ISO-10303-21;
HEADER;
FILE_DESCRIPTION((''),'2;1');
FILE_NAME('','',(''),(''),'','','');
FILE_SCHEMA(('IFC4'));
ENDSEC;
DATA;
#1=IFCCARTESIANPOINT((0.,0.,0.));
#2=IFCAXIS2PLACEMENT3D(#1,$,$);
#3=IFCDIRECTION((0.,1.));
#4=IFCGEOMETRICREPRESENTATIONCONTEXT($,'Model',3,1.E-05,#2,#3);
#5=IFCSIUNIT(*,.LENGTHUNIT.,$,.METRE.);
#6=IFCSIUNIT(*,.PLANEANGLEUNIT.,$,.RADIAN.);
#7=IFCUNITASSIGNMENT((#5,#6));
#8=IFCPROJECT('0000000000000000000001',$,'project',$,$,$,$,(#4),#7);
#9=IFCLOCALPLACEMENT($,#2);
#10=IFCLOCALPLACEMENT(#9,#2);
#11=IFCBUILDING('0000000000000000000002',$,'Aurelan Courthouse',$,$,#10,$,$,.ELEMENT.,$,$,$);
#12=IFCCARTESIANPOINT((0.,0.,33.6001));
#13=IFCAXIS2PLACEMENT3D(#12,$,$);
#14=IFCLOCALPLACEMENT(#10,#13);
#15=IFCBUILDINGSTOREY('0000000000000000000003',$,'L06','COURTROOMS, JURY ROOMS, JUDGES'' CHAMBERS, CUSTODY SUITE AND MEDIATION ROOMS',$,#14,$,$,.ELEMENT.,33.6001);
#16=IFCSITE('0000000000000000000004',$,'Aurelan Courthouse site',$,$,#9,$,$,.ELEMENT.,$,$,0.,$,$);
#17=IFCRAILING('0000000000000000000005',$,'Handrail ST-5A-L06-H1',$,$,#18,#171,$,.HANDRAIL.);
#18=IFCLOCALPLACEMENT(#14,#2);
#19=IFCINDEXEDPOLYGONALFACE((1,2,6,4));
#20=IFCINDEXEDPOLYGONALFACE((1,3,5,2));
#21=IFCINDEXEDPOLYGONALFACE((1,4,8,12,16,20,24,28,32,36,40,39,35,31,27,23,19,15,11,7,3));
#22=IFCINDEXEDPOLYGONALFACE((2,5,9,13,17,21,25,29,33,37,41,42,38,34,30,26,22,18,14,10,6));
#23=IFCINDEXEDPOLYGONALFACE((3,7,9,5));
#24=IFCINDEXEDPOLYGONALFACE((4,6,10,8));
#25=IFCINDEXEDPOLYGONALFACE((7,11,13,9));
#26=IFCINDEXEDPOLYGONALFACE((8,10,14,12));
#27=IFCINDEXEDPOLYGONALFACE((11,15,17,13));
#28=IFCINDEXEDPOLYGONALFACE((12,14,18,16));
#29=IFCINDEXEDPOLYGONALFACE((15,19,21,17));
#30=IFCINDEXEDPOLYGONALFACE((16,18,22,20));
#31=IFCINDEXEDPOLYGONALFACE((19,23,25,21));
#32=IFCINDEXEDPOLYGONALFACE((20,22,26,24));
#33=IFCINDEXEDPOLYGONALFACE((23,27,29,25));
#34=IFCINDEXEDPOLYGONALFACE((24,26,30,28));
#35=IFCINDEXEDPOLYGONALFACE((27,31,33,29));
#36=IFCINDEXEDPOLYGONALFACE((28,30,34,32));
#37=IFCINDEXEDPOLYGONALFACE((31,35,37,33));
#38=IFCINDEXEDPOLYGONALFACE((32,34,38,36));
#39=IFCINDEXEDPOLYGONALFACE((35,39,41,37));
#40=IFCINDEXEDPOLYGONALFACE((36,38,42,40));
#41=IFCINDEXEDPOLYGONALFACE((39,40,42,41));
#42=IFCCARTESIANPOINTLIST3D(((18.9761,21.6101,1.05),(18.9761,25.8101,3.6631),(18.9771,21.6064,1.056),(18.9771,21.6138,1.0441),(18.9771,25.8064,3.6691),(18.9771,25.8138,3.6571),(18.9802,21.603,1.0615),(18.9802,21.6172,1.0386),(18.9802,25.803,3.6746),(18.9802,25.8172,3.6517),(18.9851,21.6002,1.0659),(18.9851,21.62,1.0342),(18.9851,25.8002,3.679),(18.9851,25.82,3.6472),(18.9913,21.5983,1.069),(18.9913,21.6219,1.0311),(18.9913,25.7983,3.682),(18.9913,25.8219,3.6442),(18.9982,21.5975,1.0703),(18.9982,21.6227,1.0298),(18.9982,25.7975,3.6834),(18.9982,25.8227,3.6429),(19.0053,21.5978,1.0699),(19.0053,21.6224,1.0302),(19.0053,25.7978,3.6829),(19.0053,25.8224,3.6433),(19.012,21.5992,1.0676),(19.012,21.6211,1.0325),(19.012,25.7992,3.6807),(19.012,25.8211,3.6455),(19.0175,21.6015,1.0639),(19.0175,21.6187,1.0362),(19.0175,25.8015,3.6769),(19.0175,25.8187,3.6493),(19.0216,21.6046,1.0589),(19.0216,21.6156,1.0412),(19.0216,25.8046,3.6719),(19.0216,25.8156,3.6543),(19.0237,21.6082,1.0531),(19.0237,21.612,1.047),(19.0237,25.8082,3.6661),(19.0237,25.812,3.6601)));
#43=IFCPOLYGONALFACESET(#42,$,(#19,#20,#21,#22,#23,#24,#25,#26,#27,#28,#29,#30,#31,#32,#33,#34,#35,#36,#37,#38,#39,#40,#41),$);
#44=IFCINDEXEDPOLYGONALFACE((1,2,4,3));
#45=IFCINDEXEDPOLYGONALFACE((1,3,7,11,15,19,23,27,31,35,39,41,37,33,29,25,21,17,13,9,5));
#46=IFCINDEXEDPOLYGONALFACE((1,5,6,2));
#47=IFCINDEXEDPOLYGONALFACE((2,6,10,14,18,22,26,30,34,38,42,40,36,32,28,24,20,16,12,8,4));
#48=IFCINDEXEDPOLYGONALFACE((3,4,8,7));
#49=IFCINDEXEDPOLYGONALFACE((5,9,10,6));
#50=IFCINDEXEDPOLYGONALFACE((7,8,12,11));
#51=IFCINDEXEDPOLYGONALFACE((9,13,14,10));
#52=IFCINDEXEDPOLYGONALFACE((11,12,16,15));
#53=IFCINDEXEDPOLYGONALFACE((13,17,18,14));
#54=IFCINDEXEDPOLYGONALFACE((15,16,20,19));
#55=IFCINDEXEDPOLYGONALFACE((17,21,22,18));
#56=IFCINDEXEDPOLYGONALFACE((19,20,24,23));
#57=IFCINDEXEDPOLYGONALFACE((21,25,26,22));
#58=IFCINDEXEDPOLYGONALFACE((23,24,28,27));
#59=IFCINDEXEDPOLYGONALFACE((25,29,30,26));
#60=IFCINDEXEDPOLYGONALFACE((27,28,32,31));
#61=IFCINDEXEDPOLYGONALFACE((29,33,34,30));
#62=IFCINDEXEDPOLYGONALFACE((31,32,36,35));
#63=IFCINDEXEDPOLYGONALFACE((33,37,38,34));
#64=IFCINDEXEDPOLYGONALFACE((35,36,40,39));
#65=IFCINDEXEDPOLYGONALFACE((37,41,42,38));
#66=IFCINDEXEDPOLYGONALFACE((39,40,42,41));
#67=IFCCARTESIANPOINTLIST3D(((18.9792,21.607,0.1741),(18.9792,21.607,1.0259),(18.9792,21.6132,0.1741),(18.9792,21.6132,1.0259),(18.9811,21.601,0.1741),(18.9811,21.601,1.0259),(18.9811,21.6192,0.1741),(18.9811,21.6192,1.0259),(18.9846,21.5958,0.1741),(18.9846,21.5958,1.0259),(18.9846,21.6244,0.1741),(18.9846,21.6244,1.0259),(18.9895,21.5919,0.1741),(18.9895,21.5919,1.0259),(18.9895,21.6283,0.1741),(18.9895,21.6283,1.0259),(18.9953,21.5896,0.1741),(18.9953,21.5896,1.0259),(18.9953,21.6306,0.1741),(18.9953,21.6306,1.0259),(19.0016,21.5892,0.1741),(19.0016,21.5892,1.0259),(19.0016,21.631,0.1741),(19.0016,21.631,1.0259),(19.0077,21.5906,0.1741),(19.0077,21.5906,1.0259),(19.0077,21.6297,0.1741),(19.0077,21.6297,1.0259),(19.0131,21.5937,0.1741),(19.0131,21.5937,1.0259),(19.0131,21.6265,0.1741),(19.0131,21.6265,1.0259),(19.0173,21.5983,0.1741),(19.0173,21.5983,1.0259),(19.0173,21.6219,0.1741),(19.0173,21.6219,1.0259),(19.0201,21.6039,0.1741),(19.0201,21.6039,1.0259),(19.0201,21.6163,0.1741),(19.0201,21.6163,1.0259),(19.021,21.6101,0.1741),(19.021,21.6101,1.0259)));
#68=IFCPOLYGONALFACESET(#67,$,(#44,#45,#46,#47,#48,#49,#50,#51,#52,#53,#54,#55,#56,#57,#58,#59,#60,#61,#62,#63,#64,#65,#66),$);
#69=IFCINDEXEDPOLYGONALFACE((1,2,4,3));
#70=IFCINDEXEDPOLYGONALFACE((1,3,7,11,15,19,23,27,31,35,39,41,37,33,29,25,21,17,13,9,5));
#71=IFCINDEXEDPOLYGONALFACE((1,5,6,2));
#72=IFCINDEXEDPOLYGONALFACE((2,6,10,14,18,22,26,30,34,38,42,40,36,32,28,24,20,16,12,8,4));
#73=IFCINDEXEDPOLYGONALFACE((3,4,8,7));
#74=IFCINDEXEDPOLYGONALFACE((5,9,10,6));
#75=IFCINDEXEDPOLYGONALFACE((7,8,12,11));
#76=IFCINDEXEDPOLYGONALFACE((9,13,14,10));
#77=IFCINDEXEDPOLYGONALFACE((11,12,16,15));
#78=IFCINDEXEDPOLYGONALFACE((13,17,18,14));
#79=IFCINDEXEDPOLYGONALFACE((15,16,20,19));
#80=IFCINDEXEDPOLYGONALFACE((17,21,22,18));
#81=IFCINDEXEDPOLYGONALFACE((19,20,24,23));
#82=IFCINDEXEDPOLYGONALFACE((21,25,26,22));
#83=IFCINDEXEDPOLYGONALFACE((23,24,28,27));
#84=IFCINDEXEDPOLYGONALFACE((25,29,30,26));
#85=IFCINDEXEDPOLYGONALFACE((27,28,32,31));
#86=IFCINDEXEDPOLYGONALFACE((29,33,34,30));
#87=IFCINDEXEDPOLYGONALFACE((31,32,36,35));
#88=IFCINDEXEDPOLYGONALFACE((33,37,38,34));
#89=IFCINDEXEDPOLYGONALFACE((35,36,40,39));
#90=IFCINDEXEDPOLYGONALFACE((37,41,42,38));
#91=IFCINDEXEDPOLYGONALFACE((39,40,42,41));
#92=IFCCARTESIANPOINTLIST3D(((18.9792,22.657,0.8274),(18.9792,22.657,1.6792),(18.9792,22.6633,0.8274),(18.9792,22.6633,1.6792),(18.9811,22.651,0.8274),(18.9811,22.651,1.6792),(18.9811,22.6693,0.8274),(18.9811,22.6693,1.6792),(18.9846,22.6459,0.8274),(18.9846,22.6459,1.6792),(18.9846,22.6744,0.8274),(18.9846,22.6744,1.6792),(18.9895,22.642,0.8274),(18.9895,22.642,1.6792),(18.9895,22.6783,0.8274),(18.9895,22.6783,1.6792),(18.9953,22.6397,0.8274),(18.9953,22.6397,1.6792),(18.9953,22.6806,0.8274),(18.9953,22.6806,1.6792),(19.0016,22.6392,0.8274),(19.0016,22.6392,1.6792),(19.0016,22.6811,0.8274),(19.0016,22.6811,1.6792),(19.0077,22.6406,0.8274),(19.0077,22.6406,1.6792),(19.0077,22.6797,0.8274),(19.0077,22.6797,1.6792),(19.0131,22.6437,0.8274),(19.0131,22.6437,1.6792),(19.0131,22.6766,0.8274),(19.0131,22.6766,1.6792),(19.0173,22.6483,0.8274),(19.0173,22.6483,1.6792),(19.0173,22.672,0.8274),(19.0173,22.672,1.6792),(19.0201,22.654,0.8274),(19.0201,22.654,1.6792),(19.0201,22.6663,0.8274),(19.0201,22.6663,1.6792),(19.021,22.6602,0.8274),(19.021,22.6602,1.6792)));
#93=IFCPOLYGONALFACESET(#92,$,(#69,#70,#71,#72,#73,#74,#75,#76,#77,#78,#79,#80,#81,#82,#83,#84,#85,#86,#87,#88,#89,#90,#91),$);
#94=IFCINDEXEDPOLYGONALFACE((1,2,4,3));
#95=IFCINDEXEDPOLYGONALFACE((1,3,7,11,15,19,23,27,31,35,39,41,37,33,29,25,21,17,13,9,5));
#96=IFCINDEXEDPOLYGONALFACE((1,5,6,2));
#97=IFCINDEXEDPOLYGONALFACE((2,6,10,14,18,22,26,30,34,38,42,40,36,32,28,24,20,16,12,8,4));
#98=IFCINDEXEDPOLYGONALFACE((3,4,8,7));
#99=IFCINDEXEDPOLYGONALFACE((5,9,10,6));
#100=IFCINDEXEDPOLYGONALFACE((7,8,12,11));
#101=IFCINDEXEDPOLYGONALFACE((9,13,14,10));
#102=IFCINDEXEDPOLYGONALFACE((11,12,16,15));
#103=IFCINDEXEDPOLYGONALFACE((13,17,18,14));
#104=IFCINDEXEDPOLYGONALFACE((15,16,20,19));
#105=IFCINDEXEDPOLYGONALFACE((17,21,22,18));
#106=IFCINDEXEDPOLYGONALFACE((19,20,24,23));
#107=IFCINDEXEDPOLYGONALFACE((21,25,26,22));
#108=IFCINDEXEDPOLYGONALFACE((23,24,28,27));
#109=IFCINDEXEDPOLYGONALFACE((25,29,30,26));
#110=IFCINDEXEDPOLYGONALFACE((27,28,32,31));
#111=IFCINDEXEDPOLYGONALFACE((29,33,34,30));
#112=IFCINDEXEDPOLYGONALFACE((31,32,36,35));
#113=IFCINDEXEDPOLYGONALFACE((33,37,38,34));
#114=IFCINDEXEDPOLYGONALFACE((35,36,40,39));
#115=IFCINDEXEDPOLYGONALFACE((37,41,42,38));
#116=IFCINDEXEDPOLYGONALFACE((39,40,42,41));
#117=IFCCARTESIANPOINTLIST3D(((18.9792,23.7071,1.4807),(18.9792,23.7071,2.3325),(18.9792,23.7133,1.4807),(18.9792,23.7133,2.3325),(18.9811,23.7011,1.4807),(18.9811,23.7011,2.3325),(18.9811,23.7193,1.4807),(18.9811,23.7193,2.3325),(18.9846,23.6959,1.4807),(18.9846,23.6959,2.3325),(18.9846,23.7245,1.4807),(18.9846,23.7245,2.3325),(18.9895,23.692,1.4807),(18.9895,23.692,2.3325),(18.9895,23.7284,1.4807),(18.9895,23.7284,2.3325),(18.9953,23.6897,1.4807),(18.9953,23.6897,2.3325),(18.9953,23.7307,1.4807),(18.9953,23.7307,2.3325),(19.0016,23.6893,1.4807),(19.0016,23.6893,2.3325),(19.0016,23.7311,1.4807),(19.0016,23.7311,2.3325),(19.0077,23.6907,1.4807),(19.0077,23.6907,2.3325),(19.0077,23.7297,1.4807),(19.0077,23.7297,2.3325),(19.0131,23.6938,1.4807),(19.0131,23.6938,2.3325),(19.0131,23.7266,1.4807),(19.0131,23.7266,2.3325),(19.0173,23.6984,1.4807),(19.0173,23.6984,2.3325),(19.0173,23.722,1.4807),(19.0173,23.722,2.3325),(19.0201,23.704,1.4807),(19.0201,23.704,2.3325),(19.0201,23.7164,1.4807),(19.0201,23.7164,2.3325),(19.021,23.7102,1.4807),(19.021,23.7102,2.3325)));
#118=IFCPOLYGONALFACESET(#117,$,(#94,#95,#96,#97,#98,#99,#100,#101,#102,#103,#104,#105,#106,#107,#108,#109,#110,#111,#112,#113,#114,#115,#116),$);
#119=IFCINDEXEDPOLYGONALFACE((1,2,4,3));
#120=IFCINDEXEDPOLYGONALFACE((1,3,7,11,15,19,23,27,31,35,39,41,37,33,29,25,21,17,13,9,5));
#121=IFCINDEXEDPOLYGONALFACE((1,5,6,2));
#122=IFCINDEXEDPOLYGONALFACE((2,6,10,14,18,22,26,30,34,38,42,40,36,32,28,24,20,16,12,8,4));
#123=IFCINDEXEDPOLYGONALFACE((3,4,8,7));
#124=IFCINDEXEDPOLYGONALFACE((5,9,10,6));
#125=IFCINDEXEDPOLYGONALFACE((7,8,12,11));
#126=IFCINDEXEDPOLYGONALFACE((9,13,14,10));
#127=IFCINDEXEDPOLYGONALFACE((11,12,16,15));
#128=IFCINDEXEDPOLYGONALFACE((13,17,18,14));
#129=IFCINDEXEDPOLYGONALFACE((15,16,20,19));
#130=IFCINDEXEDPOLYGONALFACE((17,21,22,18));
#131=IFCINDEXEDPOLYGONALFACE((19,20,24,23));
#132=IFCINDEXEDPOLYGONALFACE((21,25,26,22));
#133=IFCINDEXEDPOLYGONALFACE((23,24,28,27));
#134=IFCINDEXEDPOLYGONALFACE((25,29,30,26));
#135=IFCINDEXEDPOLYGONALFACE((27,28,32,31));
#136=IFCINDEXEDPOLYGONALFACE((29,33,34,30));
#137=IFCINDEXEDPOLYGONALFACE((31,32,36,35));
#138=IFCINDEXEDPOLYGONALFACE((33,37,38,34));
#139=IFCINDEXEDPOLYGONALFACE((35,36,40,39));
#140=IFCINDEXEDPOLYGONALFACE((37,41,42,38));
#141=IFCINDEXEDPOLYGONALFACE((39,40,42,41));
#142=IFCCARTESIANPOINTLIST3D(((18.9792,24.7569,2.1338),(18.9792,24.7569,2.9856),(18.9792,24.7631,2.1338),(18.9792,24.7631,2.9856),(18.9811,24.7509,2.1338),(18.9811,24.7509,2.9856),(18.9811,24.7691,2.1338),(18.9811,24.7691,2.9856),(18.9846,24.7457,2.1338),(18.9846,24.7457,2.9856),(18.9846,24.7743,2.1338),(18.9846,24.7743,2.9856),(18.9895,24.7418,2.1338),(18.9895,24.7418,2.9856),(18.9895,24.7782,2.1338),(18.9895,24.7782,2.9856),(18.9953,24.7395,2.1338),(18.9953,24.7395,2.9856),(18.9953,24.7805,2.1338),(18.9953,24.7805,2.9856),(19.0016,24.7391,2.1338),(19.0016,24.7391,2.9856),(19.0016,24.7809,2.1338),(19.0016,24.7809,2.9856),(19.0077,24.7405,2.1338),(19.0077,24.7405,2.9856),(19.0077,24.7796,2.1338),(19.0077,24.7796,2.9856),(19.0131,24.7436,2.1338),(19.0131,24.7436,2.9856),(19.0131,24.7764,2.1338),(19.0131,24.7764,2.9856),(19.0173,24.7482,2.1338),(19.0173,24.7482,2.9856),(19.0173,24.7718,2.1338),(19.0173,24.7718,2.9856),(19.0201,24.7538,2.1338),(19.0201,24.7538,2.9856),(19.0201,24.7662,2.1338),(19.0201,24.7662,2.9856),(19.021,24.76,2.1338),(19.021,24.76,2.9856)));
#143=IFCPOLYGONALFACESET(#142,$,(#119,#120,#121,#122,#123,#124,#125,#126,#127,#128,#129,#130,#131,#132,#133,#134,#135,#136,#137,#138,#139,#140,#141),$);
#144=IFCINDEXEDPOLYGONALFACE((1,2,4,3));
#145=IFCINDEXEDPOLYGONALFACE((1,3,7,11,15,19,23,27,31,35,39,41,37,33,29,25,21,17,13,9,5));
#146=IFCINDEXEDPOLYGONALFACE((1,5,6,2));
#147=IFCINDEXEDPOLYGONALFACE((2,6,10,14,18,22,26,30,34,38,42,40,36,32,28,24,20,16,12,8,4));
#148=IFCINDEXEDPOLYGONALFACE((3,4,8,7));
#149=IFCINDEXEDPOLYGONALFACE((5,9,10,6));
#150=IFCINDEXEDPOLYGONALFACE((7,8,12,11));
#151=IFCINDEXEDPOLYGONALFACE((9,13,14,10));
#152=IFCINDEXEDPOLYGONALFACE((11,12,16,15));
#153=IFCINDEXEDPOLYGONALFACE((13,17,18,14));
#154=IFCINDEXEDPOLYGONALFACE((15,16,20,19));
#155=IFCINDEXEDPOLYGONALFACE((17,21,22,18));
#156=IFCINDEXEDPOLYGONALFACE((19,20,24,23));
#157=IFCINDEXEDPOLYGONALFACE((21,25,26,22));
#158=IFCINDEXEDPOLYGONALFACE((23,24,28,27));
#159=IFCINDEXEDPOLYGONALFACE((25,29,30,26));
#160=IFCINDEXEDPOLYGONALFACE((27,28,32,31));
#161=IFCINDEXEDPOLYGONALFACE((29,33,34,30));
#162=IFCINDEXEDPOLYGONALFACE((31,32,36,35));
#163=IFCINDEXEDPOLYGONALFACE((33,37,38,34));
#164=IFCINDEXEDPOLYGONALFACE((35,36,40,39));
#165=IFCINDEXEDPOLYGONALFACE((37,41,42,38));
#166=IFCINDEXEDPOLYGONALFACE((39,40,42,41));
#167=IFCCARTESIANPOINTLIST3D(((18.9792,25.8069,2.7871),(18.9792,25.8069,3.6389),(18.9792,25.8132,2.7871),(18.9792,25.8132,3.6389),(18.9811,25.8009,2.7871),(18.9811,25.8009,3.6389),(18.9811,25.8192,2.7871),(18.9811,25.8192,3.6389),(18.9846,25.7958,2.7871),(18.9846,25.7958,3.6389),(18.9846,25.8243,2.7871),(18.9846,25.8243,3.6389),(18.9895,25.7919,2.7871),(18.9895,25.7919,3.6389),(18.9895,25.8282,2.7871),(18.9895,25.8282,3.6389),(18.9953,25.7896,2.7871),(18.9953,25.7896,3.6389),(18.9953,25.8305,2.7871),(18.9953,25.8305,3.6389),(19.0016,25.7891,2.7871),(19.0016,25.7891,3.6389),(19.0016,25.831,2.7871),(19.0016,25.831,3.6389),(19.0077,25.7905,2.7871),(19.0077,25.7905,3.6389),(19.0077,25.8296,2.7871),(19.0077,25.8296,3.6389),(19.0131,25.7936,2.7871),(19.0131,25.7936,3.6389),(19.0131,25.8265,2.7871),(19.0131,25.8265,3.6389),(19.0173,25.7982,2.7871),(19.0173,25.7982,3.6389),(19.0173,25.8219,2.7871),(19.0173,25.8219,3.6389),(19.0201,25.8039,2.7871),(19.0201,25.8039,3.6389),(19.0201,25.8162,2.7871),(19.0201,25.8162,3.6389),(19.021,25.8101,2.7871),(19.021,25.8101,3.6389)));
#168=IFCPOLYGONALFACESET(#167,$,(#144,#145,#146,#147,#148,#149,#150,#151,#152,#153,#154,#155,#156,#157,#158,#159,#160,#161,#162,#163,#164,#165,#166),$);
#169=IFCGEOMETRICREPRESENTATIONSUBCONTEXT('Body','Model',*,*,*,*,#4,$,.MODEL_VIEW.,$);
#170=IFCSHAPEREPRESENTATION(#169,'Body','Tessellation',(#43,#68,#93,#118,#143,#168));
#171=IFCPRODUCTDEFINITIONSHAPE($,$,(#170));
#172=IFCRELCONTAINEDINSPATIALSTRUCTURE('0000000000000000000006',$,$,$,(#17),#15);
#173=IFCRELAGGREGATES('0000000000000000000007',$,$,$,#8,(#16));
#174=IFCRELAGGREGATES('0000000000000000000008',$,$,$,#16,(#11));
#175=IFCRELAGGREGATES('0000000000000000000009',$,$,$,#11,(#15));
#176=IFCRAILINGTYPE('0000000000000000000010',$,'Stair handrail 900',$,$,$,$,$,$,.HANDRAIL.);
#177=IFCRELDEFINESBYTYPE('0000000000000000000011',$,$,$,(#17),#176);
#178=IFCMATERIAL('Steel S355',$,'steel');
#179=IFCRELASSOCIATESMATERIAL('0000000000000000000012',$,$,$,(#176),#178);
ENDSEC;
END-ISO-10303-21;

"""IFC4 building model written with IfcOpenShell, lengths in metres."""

from ifc_helpers import new_model, si_unit, direction, frame, origin, origin_2d, place, context, subcontext, project, spatial, circle, extrude, material, type_object, element, save


model = new_model("IFC4")

# Units and contexts
model_context = context("Model", 3, precision=1e-05, world=origin(), true_north=direction((0.0, 1.0)))
body_context = subcontext(model_context, "Body", "Model", "MODEL_VIEW")
ifc_project = project(units=[si_unit("LENGTHUNIT", "METRE"), si_unit("PLANEANGLEUNIT", "RADIAN")], contexts=[model_context])

# Site, building, storey
site_placement = place(None, origin())
site = spatial("IfcSite", under=ifc_project, at=site_placement, Name="Aurelan Courthouse site", CompositionType="ELEMENT", RefElevation=0.0)
building_placement = place(site_placement, origin())
building = spatial("IfcBuilding", under=site, at=building_placement, Name="Aurelan Courthouse", CompositionType="ELEMENT")
storey_placement = place(building_placement, frame((0.0, 0.0, 33.6001)))
storey = spatial("IfcBuildingStorey", under=building, at=storey_placement, Name="L06", Description="COURTROOMS, JURY ROOMS, JUDGES' CHAMBERS, CUSTODY SUITE AND MEDIATION ROOMS", CompositionType="ELEMENT", Elevation=33.6001)

# Railing
ifc_material_1 = material(Name="Steel S355", Category="steel")
railing_type_1 = type_object("IfcRailingType", Name="Stair handrail 900", PredefinedType="HANDRAIL", material=ifc_material_1)
for number, where, name in (
    (1, (19.0, 21.6101, 0.1741), "Handrail ST-5A-L06-H1"),
):
    element("IfcRailing", number, at=place(storey_placement, frame(where)), inside=storey, type_object=railing_type_1, Name=name, PredefinedType="HANDRAIL", context=body_context, shape_type="SweptSolid", body=[
        extrude(circle(Radius=0.0239, at=origin_2d()), frame((0.0, 0.0, 0.876), z_axis=(0.0, 0.849081, 0.528263), x_axis=(-1.0, 0.0, 0.0)), (0.0, 0.0, 1.0), 4.9465),
        extrude(circle(Radius=0.021, at=origin_2d()), origin(), (0.0, 0.0, 1.0), 0.8518),
        extrude(circle(Radius=0.021, at=origin_2d()), frame((0.0, 1.05, 0.6533)), (0.0, 0.0, 1.0), 0.8518),
        extrude(circle(Radius=0.021, at=origin_2d()), frame((0.0, 2.1001, 1.3066)), (0.0, 0.0, 1.0), 0.8518),
        extrude(circle(Radius=0.021, at=origin_2d()), frame((0.0, 3.1499, 1.9597)), (0.0, 0.0, 1.0), 0.8518),
        extrude(circle(Radius=0.021, at=origin_2d()), frame((0.0, 4.2, 2.613)), (0.0, 0.0, 1.0), 0.8518),
    ])

save(model, "model.ifc")
